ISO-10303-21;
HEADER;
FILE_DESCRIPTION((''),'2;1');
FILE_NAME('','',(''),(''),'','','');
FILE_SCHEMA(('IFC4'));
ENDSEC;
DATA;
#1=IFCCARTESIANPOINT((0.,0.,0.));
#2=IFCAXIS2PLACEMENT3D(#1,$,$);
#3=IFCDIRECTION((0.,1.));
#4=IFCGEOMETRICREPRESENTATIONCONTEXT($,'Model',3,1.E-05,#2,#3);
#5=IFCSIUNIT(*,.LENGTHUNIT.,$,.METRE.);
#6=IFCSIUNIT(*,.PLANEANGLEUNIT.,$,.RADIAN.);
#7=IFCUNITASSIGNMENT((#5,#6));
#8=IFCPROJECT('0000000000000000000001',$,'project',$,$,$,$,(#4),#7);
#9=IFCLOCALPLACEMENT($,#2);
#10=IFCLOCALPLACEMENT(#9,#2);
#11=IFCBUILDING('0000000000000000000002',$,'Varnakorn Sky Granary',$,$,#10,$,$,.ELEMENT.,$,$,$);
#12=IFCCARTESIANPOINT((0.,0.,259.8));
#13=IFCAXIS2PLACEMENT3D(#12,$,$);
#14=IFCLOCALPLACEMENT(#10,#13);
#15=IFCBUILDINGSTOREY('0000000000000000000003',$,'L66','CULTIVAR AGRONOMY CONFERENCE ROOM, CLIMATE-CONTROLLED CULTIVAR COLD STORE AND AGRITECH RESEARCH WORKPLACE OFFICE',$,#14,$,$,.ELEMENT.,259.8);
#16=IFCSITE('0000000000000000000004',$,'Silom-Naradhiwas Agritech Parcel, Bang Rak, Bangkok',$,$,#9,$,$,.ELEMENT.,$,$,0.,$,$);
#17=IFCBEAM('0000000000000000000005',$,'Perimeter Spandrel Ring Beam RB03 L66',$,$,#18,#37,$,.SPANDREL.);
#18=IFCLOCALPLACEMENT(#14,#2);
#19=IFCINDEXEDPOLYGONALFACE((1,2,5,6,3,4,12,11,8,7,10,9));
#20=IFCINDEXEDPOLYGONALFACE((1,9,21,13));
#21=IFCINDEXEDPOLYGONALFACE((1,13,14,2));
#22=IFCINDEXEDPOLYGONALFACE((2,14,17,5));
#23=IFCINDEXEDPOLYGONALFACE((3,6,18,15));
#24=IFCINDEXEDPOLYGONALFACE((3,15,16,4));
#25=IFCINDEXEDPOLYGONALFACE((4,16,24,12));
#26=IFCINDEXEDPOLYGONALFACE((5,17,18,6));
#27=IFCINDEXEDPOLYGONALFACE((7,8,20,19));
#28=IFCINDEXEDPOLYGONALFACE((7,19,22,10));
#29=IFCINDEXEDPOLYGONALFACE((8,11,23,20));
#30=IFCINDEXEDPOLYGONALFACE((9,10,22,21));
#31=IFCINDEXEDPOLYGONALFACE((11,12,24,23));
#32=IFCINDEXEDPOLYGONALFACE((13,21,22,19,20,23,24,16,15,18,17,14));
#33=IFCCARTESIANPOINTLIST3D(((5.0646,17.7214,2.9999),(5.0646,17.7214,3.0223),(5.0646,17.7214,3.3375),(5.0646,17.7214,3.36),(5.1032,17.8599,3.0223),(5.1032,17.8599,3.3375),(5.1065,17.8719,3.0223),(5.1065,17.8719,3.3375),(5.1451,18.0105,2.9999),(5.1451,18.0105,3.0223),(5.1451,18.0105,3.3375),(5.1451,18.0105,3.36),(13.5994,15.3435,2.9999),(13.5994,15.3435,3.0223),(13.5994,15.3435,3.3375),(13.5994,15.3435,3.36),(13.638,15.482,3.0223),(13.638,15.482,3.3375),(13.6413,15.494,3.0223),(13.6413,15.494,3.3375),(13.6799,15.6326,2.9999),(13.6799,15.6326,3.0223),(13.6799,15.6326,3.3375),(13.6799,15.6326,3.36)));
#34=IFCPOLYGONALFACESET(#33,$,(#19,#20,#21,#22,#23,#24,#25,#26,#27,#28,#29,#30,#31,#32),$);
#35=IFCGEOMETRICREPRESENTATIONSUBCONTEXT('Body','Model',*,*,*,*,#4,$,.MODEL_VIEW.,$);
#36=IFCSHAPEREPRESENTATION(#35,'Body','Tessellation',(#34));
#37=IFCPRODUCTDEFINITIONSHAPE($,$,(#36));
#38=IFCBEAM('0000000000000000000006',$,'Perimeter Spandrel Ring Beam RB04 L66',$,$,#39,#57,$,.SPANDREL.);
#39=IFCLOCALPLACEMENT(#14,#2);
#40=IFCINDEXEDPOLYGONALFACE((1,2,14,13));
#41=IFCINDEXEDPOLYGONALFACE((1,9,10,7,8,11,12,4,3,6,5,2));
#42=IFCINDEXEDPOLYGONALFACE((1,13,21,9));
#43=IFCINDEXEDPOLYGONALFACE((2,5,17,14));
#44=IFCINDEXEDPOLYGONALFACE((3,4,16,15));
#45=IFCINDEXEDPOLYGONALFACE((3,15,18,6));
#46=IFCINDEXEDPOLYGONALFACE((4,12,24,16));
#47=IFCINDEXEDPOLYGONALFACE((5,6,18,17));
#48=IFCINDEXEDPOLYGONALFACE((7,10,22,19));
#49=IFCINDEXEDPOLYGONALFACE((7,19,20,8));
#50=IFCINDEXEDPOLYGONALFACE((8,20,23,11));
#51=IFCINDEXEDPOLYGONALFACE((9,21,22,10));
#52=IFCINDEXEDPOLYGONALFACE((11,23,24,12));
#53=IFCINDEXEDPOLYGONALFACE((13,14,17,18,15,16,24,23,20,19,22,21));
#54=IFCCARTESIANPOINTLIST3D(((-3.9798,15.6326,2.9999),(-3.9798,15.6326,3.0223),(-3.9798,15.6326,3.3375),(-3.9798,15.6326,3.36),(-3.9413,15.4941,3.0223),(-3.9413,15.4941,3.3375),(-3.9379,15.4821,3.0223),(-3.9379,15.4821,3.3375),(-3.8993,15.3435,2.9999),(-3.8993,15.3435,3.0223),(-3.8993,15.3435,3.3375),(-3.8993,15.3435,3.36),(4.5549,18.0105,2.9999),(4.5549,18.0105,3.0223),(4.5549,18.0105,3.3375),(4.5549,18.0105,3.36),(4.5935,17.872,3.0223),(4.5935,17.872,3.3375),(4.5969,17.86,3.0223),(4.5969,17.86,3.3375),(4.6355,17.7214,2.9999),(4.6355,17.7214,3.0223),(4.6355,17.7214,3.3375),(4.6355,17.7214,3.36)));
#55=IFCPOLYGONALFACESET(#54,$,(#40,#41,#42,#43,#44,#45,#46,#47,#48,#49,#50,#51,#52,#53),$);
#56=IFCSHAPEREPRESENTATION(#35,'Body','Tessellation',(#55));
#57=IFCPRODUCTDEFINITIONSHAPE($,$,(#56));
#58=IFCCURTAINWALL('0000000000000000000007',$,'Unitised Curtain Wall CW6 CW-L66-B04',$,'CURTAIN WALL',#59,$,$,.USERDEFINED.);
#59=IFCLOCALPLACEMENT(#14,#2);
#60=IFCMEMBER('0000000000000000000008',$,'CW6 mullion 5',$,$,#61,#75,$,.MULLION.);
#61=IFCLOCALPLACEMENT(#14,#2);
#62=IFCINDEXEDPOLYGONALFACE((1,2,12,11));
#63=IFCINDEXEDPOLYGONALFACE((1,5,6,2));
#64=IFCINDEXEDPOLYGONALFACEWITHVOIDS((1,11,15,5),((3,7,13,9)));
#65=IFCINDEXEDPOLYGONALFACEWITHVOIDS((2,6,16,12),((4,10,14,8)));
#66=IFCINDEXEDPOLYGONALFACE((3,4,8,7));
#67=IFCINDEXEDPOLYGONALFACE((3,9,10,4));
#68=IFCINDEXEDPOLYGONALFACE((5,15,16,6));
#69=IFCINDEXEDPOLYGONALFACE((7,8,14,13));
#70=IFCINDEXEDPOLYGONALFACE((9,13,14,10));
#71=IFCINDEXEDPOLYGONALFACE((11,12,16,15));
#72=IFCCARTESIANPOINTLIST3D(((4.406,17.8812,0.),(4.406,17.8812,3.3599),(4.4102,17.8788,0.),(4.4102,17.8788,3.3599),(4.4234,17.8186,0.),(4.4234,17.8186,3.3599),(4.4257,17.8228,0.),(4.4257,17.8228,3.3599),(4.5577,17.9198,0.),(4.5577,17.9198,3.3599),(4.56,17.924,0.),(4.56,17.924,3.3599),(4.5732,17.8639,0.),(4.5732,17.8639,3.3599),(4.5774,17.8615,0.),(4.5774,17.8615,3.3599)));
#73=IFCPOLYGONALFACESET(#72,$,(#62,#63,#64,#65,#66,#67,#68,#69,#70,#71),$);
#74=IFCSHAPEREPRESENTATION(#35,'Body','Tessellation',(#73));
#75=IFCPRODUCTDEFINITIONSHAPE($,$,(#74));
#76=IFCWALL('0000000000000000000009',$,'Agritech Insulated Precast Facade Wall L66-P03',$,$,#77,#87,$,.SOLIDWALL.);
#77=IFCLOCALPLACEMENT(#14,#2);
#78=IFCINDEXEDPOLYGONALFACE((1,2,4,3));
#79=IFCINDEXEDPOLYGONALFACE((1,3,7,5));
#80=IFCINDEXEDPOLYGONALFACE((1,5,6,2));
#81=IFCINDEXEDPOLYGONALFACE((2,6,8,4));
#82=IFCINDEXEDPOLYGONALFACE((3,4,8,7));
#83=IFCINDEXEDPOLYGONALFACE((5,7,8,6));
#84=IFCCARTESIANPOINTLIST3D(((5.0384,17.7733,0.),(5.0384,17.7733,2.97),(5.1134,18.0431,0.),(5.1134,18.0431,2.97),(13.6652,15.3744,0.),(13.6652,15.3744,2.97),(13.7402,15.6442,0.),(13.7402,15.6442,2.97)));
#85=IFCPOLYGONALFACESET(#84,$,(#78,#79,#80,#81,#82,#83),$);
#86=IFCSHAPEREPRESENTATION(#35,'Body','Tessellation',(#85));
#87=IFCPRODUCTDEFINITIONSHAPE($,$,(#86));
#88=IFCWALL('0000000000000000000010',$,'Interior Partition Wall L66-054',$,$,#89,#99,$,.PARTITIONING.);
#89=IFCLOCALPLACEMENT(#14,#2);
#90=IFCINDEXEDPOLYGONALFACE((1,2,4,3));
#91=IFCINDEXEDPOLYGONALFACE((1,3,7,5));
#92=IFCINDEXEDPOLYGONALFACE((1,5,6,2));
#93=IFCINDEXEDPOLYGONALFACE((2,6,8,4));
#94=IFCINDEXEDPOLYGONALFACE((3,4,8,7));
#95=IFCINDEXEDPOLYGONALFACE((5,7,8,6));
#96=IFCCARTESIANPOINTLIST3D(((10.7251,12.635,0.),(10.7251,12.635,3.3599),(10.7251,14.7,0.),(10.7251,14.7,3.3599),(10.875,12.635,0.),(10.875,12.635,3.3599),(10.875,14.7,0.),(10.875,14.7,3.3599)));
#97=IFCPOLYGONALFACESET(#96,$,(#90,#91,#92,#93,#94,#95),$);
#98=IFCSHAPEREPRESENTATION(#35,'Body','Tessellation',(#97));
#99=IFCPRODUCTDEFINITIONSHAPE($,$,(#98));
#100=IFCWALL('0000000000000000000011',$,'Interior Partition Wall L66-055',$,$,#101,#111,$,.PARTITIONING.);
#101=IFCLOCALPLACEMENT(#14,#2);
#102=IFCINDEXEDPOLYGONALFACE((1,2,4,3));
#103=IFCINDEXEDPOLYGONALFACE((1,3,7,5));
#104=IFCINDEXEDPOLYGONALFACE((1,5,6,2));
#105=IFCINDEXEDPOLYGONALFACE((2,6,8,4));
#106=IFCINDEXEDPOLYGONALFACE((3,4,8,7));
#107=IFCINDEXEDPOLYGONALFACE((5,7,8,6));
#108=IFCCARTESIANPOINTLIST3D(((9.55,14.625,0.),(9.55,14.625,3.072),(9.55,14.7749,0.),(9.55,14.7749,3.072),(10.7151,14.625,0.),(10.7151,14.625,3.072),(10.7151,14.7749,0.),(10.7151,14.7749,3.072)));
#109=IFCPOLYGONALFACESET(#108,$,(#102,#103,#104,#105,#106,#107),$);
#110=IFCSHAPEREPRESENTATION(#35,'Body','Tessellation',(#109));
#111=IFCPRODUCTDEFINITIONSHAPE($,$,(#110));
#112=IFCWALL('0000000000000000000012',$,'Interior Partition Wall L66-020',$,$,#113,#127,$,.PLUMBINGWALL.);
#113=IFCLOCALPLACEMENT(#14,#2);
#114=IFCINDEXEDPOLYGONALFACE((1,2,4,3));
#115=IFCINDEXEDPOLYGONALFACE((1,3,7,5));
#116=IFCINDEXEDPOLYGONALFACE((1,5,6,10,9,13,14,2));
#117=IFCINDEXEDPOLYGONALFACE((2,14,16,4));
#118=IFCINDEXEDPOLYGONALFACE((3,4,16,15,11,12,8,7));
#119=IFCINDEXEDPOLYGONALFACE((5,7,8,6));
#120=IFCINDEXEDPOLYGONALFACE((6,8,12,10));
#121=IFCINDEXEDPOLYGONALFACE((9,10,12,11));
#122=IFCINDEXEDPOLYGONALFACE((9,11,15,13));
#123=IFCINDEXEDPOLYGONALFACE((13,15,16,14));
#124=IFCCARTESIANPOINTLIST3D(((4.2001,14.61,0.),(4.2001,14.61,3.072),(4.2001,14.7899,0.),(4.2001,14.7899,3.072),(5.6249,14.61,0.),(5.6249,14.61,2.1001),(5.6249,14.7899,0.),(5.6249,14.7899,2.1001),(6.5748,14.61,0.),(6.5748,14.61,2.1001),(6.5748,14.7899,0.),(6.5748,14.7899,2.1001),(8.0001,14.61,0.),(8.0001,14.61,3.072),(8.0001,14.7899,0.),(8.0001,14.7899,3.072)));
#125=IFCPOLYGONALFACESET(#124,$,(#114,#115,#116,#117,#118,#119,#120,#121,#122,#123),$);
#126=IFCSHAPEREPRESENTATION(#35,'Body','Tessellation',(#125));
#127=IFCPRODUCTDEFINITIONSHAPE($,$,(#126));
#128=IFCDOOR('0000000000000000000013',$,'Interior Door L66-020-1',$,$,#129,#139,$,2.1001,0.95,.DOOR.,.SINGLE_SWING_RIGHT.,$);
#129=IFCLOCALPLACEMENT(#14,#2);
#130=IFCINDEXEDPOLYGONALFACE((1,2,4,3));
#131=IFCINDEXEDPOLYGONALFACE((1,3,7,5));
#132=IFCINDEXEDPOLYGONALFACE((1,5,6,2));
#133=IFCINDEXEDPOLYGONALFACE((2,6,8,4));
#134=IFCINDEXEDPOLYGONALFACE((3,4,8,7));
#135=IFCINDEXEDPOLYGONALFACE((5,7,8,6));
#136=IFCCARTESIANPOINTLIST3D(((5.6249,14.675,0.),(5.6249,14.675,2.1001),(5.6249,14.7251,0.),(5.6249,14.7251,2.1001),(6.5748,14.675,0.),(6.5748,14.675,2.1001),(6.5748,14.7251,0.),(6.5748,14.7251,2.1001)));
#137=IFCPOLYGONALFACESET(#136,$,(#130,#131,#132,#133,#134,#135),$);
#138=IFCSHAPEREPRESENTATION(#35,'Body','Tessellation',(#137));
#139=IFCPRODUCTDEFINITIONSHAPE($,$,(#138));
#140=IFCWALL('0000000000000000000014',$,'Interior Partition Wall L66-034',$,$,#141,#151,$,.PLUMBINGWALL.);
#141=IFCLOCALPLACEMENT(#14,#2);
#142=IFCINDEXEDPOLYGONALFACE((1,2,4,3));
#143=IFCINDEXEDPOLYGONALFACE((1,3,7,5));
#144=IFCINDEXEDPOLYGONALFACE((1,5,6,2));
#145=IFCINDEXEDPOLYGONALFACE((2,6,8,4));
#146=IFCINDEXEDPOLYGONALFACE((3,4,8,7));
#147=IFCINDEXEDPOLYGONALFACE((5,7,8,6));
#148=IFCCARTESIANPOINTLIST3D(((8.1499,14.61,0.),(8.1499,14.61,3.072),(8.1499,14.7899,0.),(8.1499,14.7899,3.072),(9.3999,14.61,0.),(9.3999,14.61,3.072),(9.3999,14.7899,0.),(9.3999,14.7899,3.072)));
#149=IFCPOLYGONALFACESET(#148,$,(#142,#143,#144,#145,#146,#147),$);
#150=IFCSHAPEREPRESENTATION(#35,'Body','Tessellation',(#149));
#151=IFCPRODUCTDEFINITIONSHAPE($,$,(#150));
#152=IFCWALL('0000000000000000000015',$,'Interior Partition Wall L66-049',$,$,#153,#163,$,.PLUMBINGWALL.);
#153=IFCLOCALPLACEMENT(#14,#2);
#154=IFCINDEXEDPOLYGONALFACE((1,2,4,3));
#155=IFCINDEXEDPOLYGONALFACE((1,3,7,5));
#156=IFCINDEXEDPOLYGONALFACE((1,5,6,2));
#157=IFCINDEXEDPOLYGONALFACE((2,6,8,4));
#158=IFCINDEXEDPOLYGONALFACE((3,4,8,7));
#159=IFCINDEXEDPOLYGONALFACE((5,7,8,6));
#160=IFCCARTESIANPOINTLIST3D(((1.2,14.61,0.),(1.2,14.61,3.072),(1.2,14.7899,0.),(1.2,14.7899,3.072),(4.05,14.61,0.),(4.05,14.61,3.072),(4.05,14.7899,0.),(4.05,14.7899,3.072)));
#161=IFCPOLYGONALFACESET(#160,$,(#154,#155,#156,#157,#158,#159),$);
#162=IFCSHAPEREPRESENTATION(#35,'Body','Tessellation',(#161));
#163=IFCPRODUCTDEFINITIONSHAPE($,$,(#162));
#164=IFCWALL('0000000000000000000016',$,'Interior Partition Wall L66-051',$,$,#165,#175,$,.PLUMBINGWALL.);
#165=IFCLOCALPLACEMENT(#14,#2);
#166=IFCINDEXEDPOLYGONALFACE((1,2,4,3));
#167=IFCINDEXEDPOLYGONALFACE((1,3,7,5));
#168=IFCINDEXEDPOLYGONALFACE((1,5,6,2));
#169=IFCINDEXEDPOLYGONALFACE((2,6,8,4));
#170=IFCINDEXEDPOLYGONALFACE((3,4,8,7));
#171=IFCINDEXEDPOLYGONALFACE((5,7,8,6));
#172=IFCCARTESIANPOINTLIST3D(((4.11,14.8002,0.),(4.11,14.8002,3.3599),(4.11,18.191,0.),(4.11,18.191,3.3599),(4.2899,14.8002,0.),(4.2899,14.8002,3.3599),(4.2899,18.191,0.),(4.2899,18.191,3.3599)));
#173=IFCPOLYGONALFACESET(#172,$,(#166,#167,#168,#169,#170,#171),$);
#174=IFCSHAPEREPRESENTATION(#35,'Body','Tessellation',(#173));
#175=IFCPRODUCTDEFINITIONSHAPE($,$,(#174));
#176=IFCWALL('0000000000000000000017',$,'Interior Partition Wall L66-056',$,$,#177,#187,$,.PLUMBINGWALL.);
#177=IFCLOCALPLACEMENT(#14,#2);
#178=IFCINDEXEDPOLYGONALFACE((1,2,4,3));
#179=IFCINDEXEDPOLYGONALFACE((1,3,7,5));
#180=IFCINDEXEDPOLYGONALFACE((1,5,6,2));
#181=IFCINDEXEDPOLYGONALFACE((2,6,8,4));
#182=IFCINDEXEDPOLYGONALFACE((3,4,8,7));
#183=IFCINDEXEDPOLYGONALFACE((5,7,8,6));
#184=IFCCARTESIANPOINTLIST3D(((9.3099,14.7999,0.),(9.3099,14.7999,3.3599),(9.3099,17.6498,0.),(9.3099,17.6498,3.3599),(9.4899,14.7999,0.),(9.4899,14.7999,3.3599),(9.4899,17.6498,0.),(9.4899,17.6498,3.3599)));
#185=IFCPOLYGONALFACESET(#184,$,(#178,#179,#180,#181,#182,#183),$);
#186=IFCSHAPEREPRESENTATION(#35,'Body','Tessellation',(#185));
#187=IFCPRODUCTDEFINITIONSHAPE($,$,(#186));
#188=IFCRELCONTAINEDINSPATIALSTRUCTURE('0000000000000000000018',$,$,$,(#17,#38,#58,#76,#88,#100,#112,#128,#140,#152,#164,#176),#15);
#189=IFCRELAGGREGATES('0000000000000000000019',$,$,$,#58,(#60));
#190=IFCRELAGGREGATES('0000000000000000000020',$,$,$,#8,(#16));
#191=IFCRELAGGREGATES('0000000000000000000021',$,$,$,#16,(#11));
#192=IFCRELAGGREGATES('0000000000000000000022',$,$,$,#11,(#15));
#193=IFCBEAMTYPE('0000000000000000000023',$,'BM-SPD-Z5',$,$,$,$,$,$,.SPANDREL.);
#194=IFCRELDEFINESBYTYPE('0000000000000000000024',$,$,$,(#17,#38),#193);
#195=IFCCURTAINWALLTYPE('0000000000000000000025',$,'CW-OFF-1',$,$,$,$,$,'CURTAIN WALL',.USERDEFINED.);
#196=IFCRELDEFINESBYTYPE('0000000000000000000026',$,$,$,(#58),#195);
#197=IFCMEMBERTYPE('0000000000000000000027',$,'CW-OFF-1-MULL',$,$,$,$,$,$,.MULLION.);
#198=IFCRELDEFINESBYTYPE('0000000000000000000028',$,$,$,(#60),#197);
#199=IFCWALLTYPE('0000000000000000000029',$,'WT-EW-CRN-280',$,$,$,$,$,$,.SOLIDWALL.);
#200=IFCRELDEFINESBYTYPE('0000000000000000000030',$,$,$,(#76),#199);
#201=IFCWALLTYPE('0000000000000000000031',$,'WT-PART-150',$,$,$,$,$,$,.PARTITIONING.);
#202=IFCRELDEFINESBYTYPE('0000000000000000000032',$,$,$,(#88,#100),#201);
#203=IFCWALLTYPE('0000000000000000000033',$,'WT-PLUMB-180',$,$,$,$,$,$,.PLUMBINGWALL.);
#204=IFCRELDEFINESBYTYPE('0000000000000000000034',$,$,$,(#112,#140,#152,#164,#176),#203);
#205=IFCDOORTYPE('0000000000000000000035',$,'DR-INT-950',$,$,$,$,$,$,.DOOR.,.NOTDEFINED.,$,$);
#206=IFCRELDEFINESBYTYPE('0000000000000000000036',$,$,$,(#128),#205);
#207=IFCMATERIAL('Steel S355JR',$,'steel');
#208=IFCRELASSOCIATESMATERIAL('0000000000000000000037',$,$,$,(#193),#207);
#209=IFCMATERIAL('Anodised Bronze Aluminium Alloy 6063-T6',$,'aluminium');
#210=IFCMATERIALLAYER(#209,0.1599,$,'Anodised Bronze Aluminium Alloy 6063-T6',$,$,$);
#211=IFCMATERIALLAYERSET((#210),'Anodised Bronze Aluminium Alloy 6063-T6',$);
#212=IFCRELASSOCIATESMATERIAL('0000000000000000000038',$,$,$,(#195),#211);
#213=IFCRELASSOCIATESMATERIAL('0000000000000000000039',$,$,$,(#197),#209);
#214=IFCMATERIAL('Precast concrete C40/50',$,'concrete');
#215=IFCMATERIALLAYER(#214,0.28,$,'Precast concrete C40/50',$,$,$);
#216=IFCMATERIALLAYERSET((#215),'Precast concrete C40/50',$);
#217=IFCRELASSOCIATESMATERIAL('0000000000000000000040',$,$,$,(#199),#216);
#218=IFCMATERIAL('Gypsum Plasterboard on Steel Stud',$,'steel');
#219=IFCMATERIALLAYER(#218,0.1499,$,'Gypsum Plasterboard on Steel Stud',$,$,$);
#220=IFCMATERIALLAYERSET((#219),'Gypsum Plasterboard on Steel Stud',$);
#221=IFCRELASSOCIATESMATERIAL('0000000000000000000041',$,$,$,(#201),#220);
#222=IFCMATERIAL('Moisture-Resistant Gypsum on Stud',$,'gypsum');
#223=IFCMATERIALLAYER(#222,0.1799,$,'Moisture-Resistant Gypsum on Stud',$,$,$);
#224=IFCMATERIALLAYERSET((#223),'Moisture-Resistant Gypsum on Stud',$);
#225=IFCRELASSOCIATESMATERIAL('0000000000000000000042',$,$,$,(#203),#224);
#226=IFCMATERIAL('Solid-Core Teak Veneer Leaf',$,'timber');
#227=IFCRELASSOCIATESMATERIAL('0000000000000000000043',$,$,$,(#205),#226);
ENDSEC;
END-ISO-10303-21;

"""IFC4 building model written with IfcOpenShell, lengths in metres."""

from ifc_helpers import new_model, si_unit, direction, frame, frame_2d, origin, origin_2d, place, context, subcontext, project, spatial, rectangle, hollow_rectangle, i_section, extrude, material, layer, layer_set, material_profile, profile_set, type_object, element, fill, aggregate, save


model = new_model("IFC4")

# Units and contexts
model_context = context("Model", 3, precision=1e-05, world=origin(), true_north=direction((0.0, 1.0)))
body_context = subcontext(model_context, "Body", "Model", "MODEL_VIEW")
ifc_project = project(units=[si_unit("LENGTHUNIT", "METRE"), si_unit("PLANEANGLEUNIT", "RADIAN")], contexts=[model_context])

# Site, building, storey
site_placement = place(None, origin())
site = spatial("IfcSite", under=ifc_project, at=site_placement, Name="Silom-Naradhiwas Agritech Parcel, Bang Rak, Bangkok", CompositionType="ELEMENT", RefElevation=0.0)
building_placement = place(site_placement, origin())
building = spatial("IfcBuilding", under=site, at=building_placement, Name="Varnakorn Sky Granary", CompositionType="ELEMENT")
storey_placement = place(building_placement, frame((0.0, 0.0, 259.8)))
storey = spatial("IfcBuildingStorey", under=building, at=storey_placement, Name="L66", Description="CULTIVAR AGRONOMY CONFERENCE ROOM, CLIMATE-CONTROLLED CULTIVAR COLD STORE AND AGRITECH RESEARCH WORKPLACE OFFICE", CompositionType="ELEMENT", Elevation=259.8)

# Beams
ifc_material_1 = material(Name="Steel S355JR", Category="steel")
ifc_material_profile_1 = material_profile(ifc_material_1, i_section(OverallWidth=0.3, OverallDepth=0.3601, WebThickness=0.0125, FlangeThickness=0.0225, at=origin_2d()), Name="HE 360 B")
ifc_profile_set_1 = profile_set([ifc_material_profile_1], Name="Steel S355JR")
beam_type_1 = type_object("IfcBeamType", Name="BM-SPD-Z5", PredefinedType="SPANDREL", material=ifc_profile_set_1)
for number, where, z_axis, x_axis, name in (
    (1, (13.6396, 15.488, 3.1799), (-0.96331, 0.26839, 0.0), (-0.26839, -0.96331, 0.0), "Perimeter Spandrel Ring Beam RB03 L66"),
    (2, (4.5952, 17.866, 3.1799), (-0.96331, -0.26839, 0.0), (0.26839, -0.96331, 0.0), "Perimeter Spandrel Ring Beam RB04 L66"),
):
    element("IfcBeam", number, at=place(storey_placement, frame(where, z_axis=z_axis, x_axis=x_axis)), inside=storey, type_object=beam_type_1, Name=name, PredefinedType="SPANDREL", context=body_context, shape_type="SweptSolid", body=[
        extrude(i_section(OverallWidth=0.3, OverallDepth=0.3601, WebThickness=0.0125, FlangeThickness=0.0225, at=origin_2d()), origin(), (0.0, 0.0, 1.0), 8.8599),
    ])

# Curtain wall, member
ifc_material_2 = material(Name="Anodised Bronze Aluminium Alloy 6063-T6", Category="aluminium")
ifc_layer_1 = layer(ifc_material_2, 0.1599, Name="Anodised Bronze Aluminium Alloy 6063-T6")
ifc_layer_set_1 = layer_set([ifc_layer_1], Name="Anodised Bronze Aluminium Alloy 6063-T6")
curtain_wall_type = type_object("IfcCurtainWallType", Name="CW-OFF-1", ElementType="CURTAIN WALL", PredefinedType="USERDEFINED", material=ifc_layer_set_1)
curtain_wall_placement = place(storey_placement, origin())
curtain_wall = element("IfcCurtainWall", 3, at=curtain_wall_placement, inside=storey, type_object=curtain_wall_type, Name="Unitised Curtain Wall CW6 CW-L66-B04", ObjectType="CURTAIN WALL", PredefinedType="USERDEFINED")
ifc_material_profile_2 = material_profile(ifc_material_2, hollow_rectangle(XDim=0.0649, YDim=0.1599, WallThickness=0.0034, at=origin_2d()), Name="ALU MULL 65x160")
ifc_profile_set_2 = profile_set([ifc_material_profile_2], Name="Anodised Bronze Aluminium Alloy 6063-T6")
member_type = type_object("IfcMemberType", Name="CW-OFF-1-MULL", PredefinedType="MULLION", material=ifc_profile_set_2)
member_placement = place(storey_placement, frame((4.4917, 17.8713, 0.0), z_axis=(0.0, 0.0, 1.0), x_axis=(-0.267911, 0.963444, 0.0)))
member = element("IfcMember", 4, at=member_placement, type_object=member_type, Name="CW6 mullion 5", PredefinedType="MULLION", context=body_context, shape_type="SweptSolid", body=[
    extrude(hollow_rectangle(XDim=0.0649, YDim=0.1599, WallThickness=0.0034, at=origin_2d()), origin(), (0.0, 0.0, 1.0), 3.3599),
])
aggregate(curtain_wall, [member])

# Walls
ifc_material_3 = material(Name="Precast concrete C40/50", Category="concrete")
ifc_layer_2 = layer(ifc_material_3, 0.28, Name="Precast concrete C40/50")
ifc_layer_set_2 = layer_set([ifc_layer_2], Name="Precast concrete C40/50")
wall_type_1 = type_object("IfcWallType", Name="WT-EW-CRN-280", PredefinedType="SOLIDWALL", material=ifc_layer_set_2)
wall_1_placement = place(storey_placement, frame((5.0759, 17.9082, 0.0), z_axis=(0.0, 0.0, 1.0), x_axis=(0.963442, -0.267915, 0.0)))
element("IfcWall", 5, at=wall_1_placement, inside=storey, type_object=wall_type_1, Name="Agritech Insulated Precast Facade Wall L66-P03", PredefinedType="SOLIDWALL", context=body_context, shape_type="SweptSolid", body=[
    extrude(rectangle(XDim=8.9541, YDim=0.28, at=frame_2d((4.4771, 0.0))), origin(), (0.0, 0.0, 1.0), 2.97),
])
ifc_material_4 = material(Name="Gypsum Plasterboard on Steel Stud", Category="steel")
ifc_layer_3 = layer(ifc_material_4, 0.1499, Name="Gypsum Plasterboard on Steel Stud")
ifc_layer_set_3 = layer_set([ifc_layer_3], Name="Gypsum Plasterboard on Steel Stud")
wall_type_2 = type_object("IfcWallType", Name="WT-PART-150", PredefinedType="PARTITIONING", material=ifc_layer_set_3)
wall_2_placement = place(storey_placement, frame((10.8, 12.635, 0.0), z_axis=(0.0, 0.0, 1.0), x_axis=(0.0, 1.0, 0.0)))
element("IfcWall", 6, at=wall_2_placement, inside=storey, type_object=wall_type_2, Name="Interior Partition Wall L66-054", PredefinedType="PARTITIONING", context=body_context, shape_type="SweptSolid", body=[
    extrude(rectangle(XDim=2.0649, YDim=0.1499, at=frame_2d((1.0325, 0.0))), origin(), (0.0, 0.0, 1.0), 3.3599),
])
wall_3_placement = place(storey_placement, frame((10.7151, 14.7, 0.0), z_axis=(0.0, 0.0, 1.0), x_axis=(-1.0, 0.0, 0.0)))
element("IfcWall", 7, at=wall_3_placement, inside=storey, type_object=wall_type_2, Name="Interior Partition Wall L66-055", PredefinedType="PARTITIONING", context=body_context, shape_type="SweptSolid", body=[
    extrude(rectangle(XDim=1.165, YDim=0.1499, at=frame_2d((0.5825, 0.0))), origin(), (0.0, 0.0, 1.0), 3.072),
])

# Wall, opening, door
ifc_material_5 = material(Name="Moisture-Resistant Gypsum on Stud", Category="gypsum")
ifc_layer_4 = layer(ifc_material_5, 0.1799, Name="Moisture-Resistant Gypsum on Stud")
ifc_layer_set_4 = layer_set([ifc_layer_4], Name="Moisture-Resistant Gypsum on Stud")
wall_type_3 = type_object("IfcWallType", Name="WT-PLUMB-180", PredefinedType="PLUMBINGWALL", material=ifc_layer_set_4)
wall_4_placement = place(storey_placement, frame((8.0, 14.7, 0.0), z_axis=(0.0, 0.0, 1.0), x_axis=(-1.0, 0.0, 0.0)))
wall_4 = element("IfcWall", 8, at=wall_4_placement, inside=storey, type_object=wall_type_3, Name="Interior Partition Wall L66-020", PredefinedType="PLUMBINGWALL", context=body_context, shape_type="SweptSolid", body=[
    extrude(rectangle(XDim=3.8, YDim=0.1799, at=frame_2d((1.8999, 0.0))), origin(), (0.0, 0.0, 1.0), 3.072),
])
opening_placement = place(wall_4_placement, frame((1.425, 0.0, 0.0)))
opening = element("IfcOpeningElement", 9, at=opening_placement, cuts=wall_4, PredefinedType="OPENING", context=body_context, shape_type="SweptSolid", body=[
    extrude(rectangle(XDim=0.95, YDim=2.1001, at=frame_2d((0.4751, 1.05))), frame((0.0, 0.1001, 0.0), z_axis=(0.0, -1.0, 0.0), x_axis=(1.0, 0.0, 0.0)), (0.0, 0.0, 1.0), 0.2),
])
ifc_material_6 = material(Name="Solid-Core Teak Veneer Leaf", Category="timber")
door_type = type_object("IfcDoorType", Name="DR-INT-950", OperationType="NOTDEFINED", PredefinedType="DOOR", material=ifc_material_6)
door_placement = place(opening_placement, origin())
door = element("IfcDoor", 10, at=door_placement, inside=storey, type_object=door_type, Name="Interior Door L66-020-1", OperationType="SINGLE_SWING_RIGHT", OverallHeight=2.1001, OverallWidth=0.95, PredefinedType="DOOR", context=body_context, shape_type="SweptSolid", body=[
    extrude(rectangle(XDim=0.95, YDim=2.1001, at=frame_2d((0.4751, 1.05))), frame((0.0, 0.0249, 0.0), z_axis=(0.0, -1.0, 0.0), x_axis=(1.0, 0.0, 0.0)), (0.0, 0.0, 1.0), 0.05),
])
fill(opening, door)

# Walls
wall_5_placement = place(storey_placement, frame((9.3999, 14.7, 0.0), z_axis=(0.0, 0.0, 1.0), x_axis=(-1.0, 0.0, 0.0)))
element("IfcWall", 11, at=wall_5_placement, inside=storey, type_object=wall_type_3, Name="Interior Partition Wall L66-034", PredefinedType="PLUMBINGWALL", context=body_context, shape_type="SweptSolid", body=[
    extrude(rectangle(XDim=1.25, YDim=0.1799, at=frame_2d((0.625, 0.0))), origin(), (0.0, 0.0, 1.0), 3.072),
])
wall_6_placement = place(storey_placement, frame((4.05, 14.7, 0.0), z_axis=(0.0, 0.0, 1.0), x_axis=(-1.0, 0.0, 0.0)))
element("IfcWall", 12, at=wall_6_placement, inside=storey, type_object=wall_type_3, Name="Interior Partition Wall L66-049", PredefinedType="PLUMBINGWALL", context=body_context, shape_type="SweptSolid", body=[
    extrude(rectangle(XDim=2.8501, YDim=0.1799, at=frame_2d((1.425, 0.0))), origin(), (0.0, 0.0, 1.0), 3.072),
])
wall_7_placement = place(storey_placement, frame((4.2, 18.1909, 0.0), z_axis=(0.0, 0.0, 1.0), x_axis=(0.0, -1.0, 0.0)))
element("IfcWall", 13, at=wall_7_placement, inside=storey, type_object=wall_type_3, Name="Interior Partition Wall L66-051", PredefinedType="PLUMBINGWALL", context=body_context, shape_type="SweptSolid", body=[
    extrude(rectangle(XDim=3.3909, YDim=0.1799, at=frame_2d((1.6953, 0.0))), origin(), (0.0, 0.0, 1.0), 3.3599),
])
wall_8_placement = place(storey_placement, frame((9.3999, 14.8, 0.0), z_axis=(0.0, 0.0, 1.0), x_axis=(0.0, 1.0, 0.0)))
element("IfcWall", 14, at=wall_8_placement, inside=storey, type_object=wall_type_3, Name="Interior Partition Wall L66-056", PredefinedType="PLUMBINGWALL", context=body_context, shape_type="SweptSolid", body=[
    extrude(rectangle(XDim=2.8499, YDim=0.1799, at=frame_2d((1.4248, 0.0))), origin(), (0.0, 0.0, 1.0), 3.3599),
])

save(model, "model.ifc")
